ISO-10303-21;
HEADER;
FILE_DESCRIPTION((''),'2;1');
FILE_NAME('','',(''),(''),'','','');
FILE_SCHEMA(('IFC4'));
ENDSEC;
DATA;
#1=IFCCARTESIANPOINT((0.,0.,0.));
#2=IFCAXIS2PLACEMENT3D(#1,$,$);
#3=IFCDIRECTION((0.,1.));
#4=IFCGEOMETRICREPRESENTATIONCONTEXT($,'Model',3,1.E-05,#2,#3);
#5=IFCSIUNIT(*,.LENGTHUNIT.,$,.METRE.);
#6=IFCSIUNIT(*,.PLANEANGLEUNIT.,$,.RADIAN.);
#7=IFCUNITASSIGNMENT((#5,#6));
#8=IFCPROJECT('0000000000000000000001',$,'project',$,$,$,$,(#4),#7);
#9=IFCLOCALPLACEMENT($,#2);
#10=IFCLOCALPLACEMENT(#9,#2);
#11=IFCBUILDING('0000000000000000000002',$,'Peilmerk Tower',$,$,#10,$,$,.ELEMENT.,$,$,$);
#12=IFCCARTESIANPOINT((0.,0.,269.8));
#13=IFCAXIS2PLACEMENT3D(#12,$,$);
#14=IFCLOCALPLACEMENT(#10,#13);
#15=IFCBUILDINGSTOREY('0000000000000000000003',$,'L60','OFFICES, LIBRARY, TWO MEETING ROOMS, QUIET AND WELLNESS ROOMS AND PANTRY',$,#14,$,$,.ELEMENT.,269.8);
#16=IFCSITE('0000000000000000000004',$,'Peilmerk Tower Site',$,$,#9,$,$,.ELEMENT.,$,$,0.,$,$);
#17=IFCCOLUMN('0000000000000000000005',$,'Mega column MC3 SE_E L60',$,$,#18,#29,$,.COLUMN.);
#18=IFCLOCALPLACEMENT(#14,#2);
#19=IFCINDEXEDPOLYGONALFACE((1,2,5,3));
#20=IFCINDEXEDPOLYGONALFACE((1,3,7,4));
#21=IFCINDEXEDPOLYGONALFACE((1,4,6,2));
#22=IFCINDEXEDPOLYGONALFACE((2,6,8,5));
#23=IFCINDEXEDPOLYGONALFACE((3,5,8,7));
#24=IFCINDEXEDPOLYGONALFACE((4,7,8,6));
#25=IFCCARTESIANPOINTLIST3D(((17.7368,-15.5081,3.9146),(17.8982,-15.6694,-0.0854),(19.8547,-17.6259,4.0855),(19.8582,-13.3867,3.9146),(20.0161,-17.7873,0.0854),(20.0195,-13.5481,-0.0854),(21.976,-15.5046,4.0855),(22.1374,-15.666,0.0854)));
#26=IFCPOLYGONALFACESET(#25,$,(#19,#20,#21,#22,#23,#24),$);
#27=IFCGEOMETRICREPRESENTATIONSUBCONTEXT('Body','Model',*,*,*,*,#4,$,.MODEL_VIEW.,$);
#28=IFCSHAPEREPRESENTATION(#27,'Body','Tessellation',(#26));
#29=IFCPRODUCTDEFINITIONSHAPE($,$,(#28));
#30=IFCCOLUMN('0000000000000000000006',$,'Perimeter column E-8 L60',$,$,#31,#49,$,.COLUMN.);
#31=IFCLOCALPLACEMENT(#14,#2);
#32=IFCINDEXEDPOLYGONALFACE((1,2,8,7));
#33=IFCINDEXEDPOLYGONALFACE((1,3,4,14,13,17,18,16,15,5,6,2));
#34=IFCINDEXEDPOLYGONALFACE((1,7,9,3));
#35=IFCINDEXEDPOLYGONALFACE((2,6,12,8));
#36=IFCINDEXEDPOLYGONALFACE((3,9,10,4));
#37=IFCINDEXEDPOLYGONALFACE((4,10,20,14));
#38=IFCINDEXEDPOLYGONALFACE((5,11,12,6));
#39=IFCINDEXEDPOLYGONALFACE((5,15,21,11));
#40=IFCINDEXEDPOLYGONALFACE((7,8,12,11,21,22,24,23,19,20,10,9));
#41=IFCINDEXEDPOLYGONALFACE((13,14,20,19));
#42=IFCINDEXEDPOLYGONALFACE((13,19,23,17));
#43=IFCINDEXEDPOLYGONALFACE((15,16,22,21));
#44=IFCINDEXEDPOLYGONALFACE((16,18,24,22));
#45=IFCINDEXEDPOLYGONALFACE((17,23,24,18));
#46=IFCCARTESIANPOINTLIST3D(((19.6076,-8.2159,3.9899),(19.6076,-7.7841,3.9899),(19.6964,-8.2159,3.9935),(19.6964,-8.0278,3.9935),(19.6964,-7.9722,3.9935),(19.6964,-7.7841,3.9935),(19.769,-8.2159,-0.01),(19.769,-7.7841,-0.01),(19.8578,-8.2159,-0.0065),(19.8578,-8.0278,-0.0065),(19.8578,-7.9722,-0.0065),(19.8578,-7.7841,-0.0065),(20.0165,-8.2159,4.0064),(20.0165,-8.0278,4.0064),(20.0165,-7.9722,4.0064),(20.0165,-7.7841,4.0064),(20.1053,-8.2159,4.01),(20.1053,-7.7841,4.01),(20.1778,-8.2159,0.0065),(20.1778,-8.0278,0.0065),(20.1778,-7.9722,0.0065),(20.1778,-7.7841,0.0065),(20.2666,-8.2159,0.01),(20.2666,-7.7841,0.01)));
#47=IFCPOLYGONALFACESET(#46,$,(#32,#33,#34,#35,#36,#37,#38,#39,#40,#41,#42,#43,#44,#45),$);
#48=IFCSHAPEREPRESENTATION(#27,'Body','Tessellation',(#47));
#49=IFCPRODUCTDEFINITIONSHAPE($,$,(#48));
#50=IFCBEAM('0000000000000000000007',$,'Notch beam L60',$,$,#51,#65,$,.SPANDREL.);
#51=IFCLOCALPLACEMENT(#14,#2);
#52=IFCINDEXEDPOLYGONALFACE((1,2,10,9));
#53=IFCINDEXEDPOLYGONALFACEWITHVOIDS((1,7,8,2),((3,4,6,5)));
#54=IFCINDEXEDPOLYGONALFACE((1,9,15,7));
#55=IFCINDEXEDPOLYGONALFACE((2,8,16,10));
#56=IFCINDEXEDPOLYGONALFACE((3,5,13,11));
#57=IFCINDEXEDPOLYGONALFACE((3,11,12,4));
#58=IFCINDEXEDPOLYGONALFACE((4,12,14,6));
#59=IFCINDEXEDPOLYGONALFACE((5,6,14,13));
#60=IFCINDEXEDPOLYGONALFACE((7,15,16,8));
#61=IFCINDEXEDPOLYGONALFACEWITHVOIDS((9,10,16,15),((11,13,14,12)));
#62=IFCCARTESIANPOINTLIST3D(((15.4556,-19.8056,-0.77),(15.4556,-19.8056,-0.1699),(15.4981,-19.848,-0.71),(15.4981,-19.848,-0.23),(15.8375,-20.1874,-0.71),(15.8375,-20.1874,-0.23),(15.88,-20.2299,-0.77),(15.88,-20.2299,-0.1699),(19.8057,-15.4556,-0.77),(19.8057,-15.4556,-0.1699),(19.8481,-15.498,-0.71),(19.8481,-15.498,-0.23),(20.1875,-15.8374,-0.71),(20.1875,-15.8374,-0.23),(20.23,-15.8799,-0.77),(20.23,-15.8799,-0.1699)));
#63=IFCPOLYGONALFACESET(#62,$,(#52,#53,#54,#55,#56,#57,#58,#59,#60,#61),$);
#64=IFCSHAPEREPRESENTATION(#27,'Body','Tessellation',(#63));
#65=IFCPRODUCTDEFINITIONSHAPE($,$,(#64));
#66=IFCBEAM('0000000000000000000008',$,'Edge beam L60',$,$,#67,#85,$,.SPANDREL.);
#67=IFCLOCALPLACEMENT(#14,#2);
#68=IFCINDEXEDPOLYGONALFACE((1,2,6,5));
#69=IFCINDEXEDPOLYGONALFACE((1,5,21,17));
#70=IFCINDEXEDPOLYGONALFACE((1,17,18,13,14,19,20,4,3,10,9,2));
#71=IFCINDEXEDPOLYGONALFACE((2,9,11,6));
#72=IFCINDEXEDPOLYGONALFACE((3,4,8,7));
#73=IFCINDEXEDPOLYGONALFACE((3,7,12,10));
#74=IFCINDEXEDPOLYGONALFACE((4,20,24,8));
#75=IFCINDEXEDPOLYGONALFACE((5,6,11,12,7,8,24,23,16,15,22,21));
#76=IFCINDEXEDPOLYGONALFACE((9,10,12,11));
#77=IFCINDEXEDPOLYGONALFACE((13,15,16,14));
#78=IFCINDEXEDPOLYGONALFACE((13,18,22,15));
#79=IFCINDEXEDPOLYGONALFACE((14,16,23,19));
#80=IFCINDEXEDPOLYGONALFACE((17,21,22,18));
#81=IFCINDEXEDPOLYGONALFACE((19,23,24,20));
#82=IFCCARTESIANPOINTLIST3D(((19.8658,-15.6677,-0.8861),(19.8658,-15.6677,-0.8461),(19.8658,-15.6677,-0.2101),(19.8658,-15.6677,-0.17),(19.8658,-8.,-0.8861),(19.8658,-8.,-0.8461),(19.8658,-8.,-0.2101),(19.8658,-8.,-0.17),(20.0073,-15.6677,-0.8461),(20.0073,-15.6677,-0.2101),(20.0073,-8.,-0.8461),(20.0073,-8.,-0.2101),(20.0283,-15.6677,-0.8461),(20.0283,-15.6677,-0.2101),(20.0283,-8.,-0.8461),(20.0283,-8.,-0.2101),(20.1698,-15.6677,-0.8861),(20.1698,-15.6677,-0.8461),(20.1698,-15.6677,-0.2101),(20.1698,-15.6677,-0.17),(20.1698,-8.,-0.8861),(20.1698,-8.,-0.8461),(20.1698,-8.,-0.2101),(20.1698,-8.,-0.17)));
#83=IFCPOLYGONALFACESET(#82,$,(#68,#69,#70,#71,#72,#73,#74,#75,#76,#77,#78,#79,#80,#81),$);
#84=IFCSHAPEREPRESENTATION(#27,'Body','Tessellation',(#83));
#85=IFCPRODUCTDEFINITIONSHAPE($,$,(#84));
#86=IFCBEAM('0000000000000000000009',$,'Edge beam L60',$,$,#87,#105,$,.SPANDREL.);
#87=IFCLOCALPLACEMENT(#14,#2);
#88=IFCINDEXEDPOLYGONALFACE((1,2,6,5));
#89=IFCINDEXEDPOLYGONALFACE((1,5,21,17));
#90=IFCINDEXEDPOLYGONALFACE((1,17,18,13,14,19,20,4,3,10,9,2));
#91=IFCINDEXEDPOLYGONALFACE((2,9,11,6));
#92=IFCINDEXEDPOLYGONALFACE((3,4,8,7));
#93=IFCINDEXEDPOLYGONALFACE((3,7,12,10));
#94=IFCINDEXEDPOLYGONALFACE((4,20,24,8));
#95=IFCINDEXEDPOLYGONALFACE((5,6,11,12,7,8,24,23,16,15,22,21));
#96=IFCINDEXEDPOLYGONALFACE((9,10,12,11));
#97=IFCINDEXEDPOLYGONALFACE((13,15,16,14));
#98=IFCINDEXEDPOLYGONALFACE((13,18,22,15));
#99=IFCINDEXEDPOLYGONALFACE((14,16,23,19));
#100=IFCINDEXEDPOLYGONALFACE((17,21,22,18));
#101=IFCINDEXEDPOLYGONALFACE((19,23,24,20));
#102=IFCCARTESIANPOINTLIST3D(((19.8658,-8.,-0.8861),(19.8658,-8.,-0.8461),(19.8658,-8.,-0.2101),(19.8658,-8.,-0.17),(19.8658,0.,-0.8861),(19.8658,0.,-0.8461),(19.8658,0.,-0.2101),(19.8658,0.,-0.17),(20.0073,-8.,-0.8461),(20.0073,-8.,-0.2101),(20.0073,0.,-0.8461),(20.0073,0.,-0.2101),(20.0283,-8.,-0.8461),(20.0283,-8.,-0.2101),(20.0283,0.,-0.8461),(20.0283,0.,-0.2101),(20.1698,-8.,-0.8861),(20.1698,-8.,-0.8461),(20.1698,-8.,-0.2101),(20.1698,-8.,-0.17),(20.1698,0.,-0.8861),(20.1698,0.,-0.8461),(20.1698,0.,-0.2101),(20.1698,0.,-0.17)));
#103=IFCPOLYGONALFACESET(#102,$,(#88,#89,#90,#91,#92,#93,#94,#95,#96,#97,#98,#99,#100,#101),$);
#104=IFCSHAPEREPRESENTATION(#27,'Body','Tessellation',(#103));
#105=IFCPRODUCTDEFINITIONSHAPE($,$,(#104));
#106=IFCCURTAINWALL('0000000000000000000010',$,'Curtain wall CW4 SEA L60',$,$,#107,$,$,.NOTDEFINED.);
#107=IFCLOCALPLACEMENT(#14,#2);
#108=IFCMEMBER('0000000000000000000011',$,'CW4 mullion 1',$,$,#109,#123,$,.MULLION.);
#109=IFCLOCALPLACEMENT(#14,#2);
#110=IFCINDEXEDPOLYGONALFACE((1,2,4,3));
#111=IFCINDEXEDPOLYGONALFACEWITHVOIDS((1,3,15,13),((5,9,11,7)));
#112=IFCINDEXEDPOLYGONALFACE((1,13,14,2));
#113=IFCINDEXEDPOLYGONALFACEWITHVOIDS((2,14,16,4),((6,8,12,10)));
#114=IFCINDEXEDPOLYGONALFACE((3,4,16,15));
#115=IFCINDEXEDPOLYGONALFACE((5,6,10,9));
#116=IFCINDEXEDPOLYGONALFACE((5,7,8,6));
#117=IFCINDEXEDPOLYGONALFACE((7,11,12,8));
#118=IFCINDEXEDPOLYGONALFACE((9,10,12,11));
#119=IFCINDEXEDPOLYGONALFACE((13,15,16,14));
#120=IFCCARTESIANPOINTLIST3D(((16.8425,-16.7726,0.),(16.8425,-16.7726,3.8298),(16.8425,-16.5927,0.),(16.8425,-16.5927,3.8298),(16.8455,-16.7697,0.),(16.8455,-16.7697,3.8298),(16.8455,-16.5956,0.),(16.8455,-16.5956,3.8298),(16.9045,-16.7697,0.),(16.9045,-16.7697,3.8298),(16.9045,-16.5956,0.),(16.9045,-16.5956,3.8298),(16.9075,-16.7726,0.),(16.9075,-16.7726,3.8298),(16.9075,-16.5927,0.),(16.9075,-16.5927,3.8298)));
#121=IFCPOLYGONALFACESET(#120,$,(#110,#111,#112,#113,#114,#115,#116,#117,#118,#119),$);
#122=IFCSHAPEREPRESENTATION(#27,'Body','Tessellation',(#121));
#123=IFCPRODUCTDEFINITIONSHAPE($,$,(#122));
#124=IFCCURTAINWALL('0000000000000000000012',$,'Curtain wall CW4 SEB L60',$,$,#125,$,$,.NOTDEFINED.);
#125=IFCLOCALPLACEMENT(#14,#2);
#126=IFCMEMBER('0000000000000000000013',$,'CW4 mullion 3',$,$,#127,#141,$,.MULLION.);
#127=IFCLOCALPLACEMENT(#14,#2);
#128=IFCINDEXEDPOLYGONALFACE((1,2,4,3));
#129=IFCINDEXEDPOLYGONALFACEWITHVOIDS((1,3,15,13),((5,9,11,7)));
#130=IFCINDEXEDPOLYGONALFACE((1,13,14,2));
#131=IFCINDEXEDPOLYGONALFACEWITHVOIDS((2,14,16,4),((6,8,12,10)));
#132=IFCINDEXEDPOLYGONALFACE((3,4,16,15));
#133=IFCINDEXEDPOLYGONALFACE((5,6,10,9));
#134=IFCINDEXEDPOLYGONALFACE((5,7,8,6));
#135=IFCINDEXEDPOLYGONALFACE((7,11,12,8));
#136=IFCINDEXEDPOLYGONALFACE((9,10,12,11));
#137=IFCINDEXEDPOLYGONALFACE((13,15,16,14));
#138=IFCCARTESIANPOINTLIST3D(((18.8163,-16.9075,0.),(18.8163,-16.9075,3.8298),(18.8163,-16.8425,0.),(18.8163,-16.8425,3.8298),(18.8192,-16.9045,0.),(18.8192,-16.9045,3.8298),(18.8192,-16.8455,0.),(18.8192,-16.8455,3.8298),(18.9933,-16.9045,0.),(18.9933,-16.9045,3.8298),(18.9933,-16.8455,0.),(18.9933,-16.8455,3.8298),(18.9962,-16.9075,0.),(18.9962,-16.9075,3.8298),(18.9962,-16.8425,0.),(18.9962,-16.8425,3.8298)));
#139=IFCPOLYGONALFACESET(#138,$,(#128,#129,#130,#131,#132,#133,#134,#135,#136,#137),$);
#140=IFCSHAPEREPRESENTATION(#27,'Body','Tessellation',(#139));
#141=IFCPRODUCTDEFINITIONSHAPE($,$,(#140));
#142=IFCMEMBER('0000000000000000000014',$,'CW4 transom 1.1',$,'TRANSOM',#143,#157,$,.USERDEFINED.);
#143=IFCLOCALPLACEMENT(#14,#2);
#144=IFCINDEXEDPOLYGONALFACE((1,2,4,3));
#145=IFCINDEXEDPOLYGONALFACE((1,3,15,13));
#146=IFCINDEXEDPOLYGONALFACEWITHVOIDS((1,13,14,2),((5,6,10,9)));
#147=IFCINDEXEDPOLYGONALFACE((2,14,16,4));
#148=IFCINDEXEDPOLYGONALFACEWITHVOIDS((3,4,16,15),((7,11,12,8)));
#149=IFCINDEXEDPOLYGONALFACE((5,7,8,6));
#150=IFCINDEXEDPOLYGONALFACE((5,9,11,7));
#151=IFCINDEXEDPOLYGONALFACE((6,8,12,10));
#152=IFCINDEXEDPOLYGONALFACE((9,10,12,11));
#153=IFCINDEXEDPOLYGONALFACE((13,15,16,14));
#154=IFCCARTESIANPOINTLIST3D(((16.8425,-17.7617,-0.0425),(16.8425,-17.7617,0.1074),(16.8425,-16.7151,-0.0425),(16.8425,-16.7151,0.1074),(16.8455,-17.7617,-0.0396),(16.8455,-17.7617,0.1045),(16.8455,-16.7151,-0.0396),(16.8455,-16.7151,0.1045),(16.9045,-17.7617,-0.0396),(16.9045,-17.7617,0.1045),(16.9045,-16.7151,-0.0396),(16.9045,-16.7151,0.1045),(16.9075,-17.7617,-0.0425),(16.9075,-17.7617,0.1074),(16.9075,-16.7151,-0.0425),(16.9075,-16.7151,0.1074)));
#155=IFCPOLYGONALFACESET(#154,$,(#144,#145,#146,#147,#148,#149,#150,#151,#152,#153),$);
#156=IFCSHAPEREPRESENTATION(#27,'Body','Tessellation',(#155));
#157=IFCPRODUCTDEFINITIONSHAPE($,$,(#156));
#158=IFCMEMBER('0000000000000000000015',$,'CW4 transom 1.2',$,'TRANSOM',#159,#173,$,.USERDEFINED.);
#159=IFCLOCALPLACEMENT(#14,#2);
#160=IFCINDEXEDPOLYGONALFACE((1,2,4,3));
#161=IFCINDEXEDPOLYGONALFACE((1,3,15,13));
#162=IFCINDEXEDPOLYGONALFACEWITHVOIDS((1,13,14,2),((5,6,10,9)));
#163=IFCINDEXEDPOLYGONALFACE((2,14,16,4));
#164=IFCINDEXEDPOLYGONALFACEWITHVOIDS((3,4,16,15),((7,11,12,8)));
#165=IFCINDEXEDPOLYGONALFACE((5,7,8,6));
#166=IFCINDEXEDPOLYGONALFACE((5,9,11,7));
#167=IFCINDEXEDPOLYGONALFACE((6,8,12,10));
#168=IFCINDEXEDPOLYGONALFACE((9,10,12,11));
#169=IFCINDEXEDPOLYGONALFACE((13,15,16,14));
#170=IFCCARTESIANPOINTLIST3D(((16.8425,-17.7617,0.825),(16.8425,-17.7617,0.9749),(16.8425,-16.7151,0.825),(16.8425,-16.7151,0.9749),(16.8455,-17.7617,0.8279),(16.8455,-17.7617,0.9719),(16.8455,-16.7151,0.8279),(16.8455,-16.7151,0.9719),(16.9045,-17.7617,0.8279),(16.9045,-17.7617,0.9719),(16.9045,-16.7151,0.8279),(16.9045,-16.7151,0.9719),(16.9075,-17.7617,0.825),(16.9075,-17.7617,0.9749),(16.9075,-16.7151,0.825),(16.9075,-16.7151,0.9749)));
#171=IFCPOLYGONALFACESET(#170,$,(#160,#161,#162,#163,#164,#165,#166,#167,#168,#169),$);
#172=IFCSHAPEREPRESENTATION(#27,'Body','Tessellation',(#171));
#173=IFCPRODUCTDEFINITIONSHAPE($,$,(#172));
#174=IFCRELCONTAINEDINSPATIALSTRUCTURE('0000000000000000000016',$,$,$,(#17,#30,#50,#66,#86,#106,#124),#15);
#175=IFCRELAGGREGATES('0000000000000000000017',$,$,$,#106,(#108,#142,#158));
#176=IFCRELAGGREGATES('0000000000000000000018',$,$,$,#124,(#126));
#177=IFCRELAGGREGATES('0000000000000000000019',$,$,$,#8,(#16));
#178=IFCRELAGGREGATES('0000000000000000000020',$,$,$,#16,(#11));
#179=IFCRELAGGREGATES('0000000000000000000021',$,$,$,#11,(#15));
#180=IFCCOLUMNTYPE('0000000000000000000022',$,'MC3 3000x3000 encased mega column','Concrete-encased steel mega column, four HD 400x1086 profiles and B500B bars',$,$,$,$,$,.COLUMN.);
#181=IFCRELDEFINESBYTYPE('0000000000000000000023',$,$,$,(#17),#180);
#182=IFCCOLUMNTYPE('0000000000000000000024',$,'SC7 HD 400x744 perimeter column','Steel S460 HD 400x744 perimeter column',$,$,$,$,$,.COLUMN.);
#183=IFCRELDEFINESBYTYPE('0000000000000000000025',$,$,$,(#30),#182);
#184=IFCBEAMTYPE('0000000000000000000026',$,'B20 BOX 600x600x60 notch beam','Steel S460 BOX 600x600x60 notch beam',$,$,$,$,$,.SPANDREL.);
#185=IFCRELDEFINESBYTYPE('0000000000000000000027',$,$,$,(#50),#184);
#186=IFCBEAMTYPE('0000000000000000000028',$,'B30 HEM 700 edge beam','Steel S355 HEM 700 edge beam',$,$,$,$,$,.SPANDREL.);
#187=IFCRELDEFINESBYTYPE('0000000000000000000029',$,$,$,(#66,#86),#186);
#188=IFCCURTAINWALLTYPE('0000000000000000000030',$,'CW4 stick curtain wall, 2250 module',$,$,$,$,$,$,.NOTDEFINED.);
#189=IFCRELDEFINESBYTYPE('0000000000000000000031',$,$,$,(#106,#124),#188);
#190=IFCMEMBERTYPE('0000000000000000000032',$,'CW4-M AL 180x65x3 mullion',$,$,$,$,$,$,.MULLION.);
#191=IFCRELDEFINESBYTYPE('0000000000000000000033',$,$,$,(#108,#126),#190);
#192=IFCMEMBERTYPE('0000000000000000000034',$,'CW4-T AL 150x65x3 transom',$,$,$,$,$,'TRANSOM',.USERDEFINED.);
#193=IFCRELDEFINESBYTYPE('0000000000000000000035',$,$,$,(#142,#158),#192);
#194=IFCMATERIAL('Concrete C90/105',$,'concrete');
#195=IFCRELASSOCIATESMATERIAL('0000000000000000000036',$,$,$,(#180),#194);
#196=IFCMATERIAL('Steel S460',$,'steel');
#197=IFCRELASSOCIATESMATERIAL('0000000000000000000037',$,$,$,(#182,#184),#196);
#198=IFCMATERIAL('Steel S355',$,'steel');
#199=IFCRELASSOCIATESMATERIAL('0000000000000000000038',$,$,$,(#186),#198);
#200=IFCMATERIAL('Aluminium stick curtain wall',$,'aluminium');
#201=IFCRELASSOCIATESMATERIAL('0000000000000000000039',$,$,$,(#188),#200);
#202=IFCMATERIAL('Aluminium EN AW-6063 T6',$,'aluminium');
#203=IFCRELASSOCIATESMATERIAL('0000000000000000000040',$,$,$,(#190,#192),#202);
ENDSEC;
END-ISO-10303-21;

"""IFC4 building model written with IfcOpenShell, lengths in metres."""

from ifc_helpers import new_model, si_unit, direction, frame, origin, origin_2d, place, context, subcontext, project, spatial, rectangle, hollow_rectangle, i_section, extrude, material, material_profile, profile_set, type_object, element, aggregate, save


model = new_model("IFC4")

# Units and contexts
model_context = context("Model", 3, precision=1e-05, world=origin(), true_north=direction((0.0, 1.0)))
body_context = subcontext(model_context, "Body", "Model", "MODEL_VIEW")
ifc_project = project(units=[si_unit("LENGTHUNIT", "METRE"), si_unit("PLANEANGLEUNIT", "RADIAN")], contexts=[model_context])

# Site, building, storey
site_placement = place(None, origin())
site = spatial("IfcSite", under=ifc_project, at=site_placement, Name="Peilmerk Tower Site", CompositionType="ELEMENT", RefElevation=0.0)
building_placement = place(site_placement, origin())
building = spatial("IfcBuilding", under=site, at=building_placement, Name="Peilmerk Tower", CompositionType="ELEMENT")
storey_placement = place(building_placement, frame((0.0, 0.0, 269.8)))
storey = spatial("IfcBuildingStorey", under=building, at=storey_placement, Name="L60", Description="OFFICES, LIBRARY, TWO MEETING ROOMS, QUIET AND WELLNESS ROOMS AND PANTRY", CompositionType="ELEMENT", Elevation=269.8)

# Columns
ifc_material_1 = material(Name="Concrete C90/105", Category="concrete")
ifc_material_profile_1 = material_profile(ifc_material_1, rectangle(XDim=3.0, YDim=3.0, at=origin_2d()), Name="RC 3000x3000")
ifc_profile_set_1 = profile_set([ifc_material_profile_1], Name="Concrete C90/105")
column_type_1 = type_object("IfcColumnType", Name="MC3 3000x3000 encased mega column", Description="Concrete-encased steel mega column, four HD 400x1086 profiles and B500B bars", PredefinedType="COLUMN", material=ifc_profile_set_1)
column_1_placement = place(storey_placement, frame((20.0178, -15.6677, 0.0), z_axis=(-0.040279, 0.040279, 0.998376), x_axis=(-0.707107, -0.707107, 0.0)))
element("IfcColumn", 1, at=column_1_placement, inside=storey, type_object=column_type_1, Name="Mega column MC3 SE_E L60", PredefinedType="COLUMN", context=body_context, shape_type="SweptSolid", body=[
    extrude(rectangle(XDim=3.0, YDim=3.0, at=origin_2d()), origin(), (0.0, 0.0, 1.0), 4.0066),
])
ifc_material_2 = material(Name="Steel S460", Category="steel")
ifc_material_profile_2 = material_profile(ifc_material_2, i_section(OverallWidth=0.4319, OverallDepth=0.498, WebThickness=0.0557, FlangeThickness=0.0889, at=origin_2d()), Name="HD 400x744")
ifc_profile_set_2 = profile_set([ifc_material_profile_2], Name="Steel S460")
column_type_2 = type_object("IfcColumnType", Name="SC7 HD 400x744 perimeter column", Description="Steel S460 HD 400x744 perimeter column", PredefinedType="COLUMN", material=ifc_profile_set_2)
column_2_placement = place(storey_placement, frame((20.0178, -8.0, 0.0), z_axis=(-0.040311, 0.0, 0.999187), x_axis=(0.0, -1.0, 0.0)))
element("IfcColumn", 2, at=column_2_placement, inside=storey, type_object=column_type_2, Name="Perimeter column E-8 L60", PredefinedType="COLUMN", context=body_context, shape_type="SweptSolid", body=[
    extrude(i_section(OverallWidth=0.4319, OverallDepth=0.498, WebThickness=0.0557, FlangeThickness=0.0889, at=origin_2d()), origin(), (0.0, 0.0, 1.0), 4.0032),
])

# Beams
ifc_material_profile_3 = material_profile(ifc_material_2, hollow_rectangle(XDim=0.6001, YDim=0.6001, WallThickness=0.0601, at=origin_2d()), Name="BOX 600x600x60")
ifc_profile_set_3 = profile_set([ifc_material_profile_3], Name="Steel S460")
beam_type_1 = type_object("IfcBeamType", Name="B20 BOX 600x600x60 notch beam", Description="Steel S460 BOX 600x600x60 notch beam", PredefinedType="SPANDREL", material=ifc_profile_set_3)
beam_1_placement = place(storey_placement, frame((20.0178, -15.6677, -0.47), z_axis=(-0.707107, -0.707107, 0.0), x_axis=(0.707107, -0.707107, 0.0)))
element("IfcBeam", 3, at=beam_1_placement, inside=storey, type_object=beam_type_1, Name="Notch beam L60", PredefinedType="SPANDREL", context=body_context, shape_type="SweptSolid", body=[
    extrude(hollow_rectangle(XDim=0.6001, YDim=0.6001, WallThickness=0.0601, at=origin_2d()), origin(), (0.0, 0.0, 1.0), 6.1519),
])
ifc_material_3 = material(Name="Steel S355", Category="steel")
ifc_material_profile_4 = material_profile(ifc_material_3, i_section(OverallWidth=0.304, OverallDepth=0.7161, WebThickness=0.021, FlangeThickness=0.04, at=origin_2d()), Name="HEM 700")
ifc_profile_set_4 = profile_set([ifc_material_profile_4], Name="Steel S355")
beam_type_2 = type_object("IfcBeamType", Name="B30 HEM 700 edge beam", Description="Steel S355 HEM 700 edge beam", PredefinedType="SPANDREL", material=ifc_profile_set_4)
beam_2_placement = place(storey_placement, frame((20.0178, -15.6677, -0.5281), z_axis=(0.0, 1.0, 0.0), x_axis=(-1.0, 0.0, 0.0)))
element("IfcBeam", 4, at=beam_2_placement, inside=storey, type_object=beam_type_2, Name="Edge beam L60", PredefinedType="SPANDREL", context=body_context, shape_type="SweptSolid", body=[
    extrude(i_section(OverallWidth=0.304, OverallDepth=0.7161, WebThickness=0.021, FlangeThickness=0.04, at=origin_2d()), origin(), (0.0, 0.0, 1.0), 7.6677),
])
beam_3_placement = place(storey_placement, frame((20.0178, -8.0, -0.5281), z_axis=(0.0, 1.0, 0.0), x_axis=(-1.0, 0.0, 0.0)))
element("IfcBeam", 5, at=beam_3_placement, inside=storey, type_object=beam_type_2, Name="Edge beam L60", PredefinedType="SPANDREL", context=body_context, shape_type="SweptSolid", body=[
    extrude(i_section(OverallWidth=0.304, OverallDepth=0.7161, WebThickness=0.021, FlangeThickness=0.04, at=origin_2d()), origin(), (0.0, 0.0, 1.0), 8.0),
])

# Curtain walls, members
ifc_material_4 = material(Name="Aluminium stick curtain wall", Category="aluminium")
curtain_wall_type = type_object("IfcCurtainWallType", Name="CW4 stick curtain wall, 2250 module", PredefinedType="NOTDEFINED", material=ifc_material_4)
curtain_wall_1_placement = place(storey_placement, origin())
curtain_wall_1 = element("IfcCurtainWall", 6, at=curtain_wall_1_placement, inside=storey, type_object=curtain_wall_type, Name="Curtain wall CW4 SEA L60", PredefinedType="NOTDEFINED")
ifc_material_5 = material(Name="Aluminium EN AW-6063 T6", Category="aluminium")
ifc_material_profile_5 = material_profile(ifc_material_5, hollow_rectangle(XDim=0.0649, YDim=0.1799, WallThickness=0.0029, at=origin_2d()), Name="AL 180x65x3")
ifc_profile_set_5 = profile_set([ifc_material_profile_5], Name="Aluminium EN AW-6063 T6")
member_type_1 = type_object("IfcMemberType", Name="CW4-M AL 180x65x3 mullion", PredefinedType="MULLION", material=ifc_profile_set_5)
member_1_placement = place(storey_placement, frame((16.875, -16.6826, 0.0), z_axis=(0.0, 0.0, 1.0), x_axis=(1.0, 0.0, 0.0)))
member_1 = element("IfcMember", 7, at=member_1_placement, type_object=member_type_1, Name="CW4 mullion 1", PredefinedType="MULLION", context=body_context, shape_type="SweptSolid", body=[
    extrude(hollow_rectangle(XDim=0.0649, YDim=0.1799, WallThickness=0.0029, at=origin_2d()), origin(), (0.0, 0.0, 1.0), 3.8298),
])
curtain_wall_2_placement = place(storey_placement, origin())
curtain_wall_2 = element("IfcCurtainWall", 8, at=curtain_wall_2_placement, inside=storey, type_object=curtain_wall_type, Name="Curtain wall CW4 SEB L60", PredefinedType="NOTDEFINED")
member_2_placement = place(storey_placement, frame((18.9062, -16.875, 0.0), z_axis=(0.0, 0.0, 1.0), x_axis=(0.0, 1.0, 0.0)))
member_2 = element("IfcMember", 9, at=member_2_placement, type_object=member_type_1, Name="CW4 mullion 3", PredefinedType="MULLION", context=body_context, shape_type="SweptSolid", body=[
    extrude(hollow_rectangle(XDim=0.0649, YDim=0.1799, WallThickness=0.0029, at=origin_2d()), origin(), (0.0, 0.0, 1.0), 3.8298),
])

# Members
ifc_material_profile_6 = material_profile(ifc_material_5, hollow_rectangle(XDim=0.0649, YDim=0.1499, WallThickness=0.0029, at=origin_2d()), Name="AL 150x65x3")
ifc_profile_set_6 = profile_set([ifc_material_profile_6], Name="Aluminium EN AW-6063 T6")
member_type_2 = type_object("IfcMemberType", Name="CW4-T AL 150x65x3 transom", ElementType="TRANSOM", PredefinedType="USERDEFINED", material=ifc_profile_set_6)
member_3_placement = place(storey_placement, frame((16.875, -16.7151, 0.0325), z_axis=(0.0, -1.0, 0.0), x_axis=(1.0, 0.0, 0.0)))
member_3 = element("IfcMember", 10, at=member_3_placement, type_object=member_type_2, Name="CW4 transom 1.1", ObjectType="TRANSOM", PredefinedType="USERDEFINED", context=body_context, shape_type="SweptSolid", body=[
    extrude(hollow_rectangle(XDim=0.0649, YDim=0.1499, WallThickness=0.0029, at=origin_2d()), origin(), (0.0, 0.0, 1.0), 1.0466),
])
member_4_placement = place(storey_placement, frame((16.875, -16.7151, 0.8999), z_axis=(0.0, -1.0, 0.0), x_axis=(1.0, 0.0, 0.0)))
member_4 = element("IfcMember", 11, at=member_4_placement, type_object=member_type_2, Name="CW4 transom 1.2", ObjectType="TRANSOM", PredefinedType="USERDEFINED", context=body_context, shape_type="SweptSolid", body=[
    extrude(hollow_rectangle(XDim=0.0649, YDim=0.1499, WallThickness=0.0029, at=origin_2d()), origin(), (0.0, 0.0, 1.0), 1.0466),
])
aggregate(curtain_wall_1, [member_1, member_3, member_4])

aggregate(curtain_wall_2, [member_2])

save(model, "model.ifc")
